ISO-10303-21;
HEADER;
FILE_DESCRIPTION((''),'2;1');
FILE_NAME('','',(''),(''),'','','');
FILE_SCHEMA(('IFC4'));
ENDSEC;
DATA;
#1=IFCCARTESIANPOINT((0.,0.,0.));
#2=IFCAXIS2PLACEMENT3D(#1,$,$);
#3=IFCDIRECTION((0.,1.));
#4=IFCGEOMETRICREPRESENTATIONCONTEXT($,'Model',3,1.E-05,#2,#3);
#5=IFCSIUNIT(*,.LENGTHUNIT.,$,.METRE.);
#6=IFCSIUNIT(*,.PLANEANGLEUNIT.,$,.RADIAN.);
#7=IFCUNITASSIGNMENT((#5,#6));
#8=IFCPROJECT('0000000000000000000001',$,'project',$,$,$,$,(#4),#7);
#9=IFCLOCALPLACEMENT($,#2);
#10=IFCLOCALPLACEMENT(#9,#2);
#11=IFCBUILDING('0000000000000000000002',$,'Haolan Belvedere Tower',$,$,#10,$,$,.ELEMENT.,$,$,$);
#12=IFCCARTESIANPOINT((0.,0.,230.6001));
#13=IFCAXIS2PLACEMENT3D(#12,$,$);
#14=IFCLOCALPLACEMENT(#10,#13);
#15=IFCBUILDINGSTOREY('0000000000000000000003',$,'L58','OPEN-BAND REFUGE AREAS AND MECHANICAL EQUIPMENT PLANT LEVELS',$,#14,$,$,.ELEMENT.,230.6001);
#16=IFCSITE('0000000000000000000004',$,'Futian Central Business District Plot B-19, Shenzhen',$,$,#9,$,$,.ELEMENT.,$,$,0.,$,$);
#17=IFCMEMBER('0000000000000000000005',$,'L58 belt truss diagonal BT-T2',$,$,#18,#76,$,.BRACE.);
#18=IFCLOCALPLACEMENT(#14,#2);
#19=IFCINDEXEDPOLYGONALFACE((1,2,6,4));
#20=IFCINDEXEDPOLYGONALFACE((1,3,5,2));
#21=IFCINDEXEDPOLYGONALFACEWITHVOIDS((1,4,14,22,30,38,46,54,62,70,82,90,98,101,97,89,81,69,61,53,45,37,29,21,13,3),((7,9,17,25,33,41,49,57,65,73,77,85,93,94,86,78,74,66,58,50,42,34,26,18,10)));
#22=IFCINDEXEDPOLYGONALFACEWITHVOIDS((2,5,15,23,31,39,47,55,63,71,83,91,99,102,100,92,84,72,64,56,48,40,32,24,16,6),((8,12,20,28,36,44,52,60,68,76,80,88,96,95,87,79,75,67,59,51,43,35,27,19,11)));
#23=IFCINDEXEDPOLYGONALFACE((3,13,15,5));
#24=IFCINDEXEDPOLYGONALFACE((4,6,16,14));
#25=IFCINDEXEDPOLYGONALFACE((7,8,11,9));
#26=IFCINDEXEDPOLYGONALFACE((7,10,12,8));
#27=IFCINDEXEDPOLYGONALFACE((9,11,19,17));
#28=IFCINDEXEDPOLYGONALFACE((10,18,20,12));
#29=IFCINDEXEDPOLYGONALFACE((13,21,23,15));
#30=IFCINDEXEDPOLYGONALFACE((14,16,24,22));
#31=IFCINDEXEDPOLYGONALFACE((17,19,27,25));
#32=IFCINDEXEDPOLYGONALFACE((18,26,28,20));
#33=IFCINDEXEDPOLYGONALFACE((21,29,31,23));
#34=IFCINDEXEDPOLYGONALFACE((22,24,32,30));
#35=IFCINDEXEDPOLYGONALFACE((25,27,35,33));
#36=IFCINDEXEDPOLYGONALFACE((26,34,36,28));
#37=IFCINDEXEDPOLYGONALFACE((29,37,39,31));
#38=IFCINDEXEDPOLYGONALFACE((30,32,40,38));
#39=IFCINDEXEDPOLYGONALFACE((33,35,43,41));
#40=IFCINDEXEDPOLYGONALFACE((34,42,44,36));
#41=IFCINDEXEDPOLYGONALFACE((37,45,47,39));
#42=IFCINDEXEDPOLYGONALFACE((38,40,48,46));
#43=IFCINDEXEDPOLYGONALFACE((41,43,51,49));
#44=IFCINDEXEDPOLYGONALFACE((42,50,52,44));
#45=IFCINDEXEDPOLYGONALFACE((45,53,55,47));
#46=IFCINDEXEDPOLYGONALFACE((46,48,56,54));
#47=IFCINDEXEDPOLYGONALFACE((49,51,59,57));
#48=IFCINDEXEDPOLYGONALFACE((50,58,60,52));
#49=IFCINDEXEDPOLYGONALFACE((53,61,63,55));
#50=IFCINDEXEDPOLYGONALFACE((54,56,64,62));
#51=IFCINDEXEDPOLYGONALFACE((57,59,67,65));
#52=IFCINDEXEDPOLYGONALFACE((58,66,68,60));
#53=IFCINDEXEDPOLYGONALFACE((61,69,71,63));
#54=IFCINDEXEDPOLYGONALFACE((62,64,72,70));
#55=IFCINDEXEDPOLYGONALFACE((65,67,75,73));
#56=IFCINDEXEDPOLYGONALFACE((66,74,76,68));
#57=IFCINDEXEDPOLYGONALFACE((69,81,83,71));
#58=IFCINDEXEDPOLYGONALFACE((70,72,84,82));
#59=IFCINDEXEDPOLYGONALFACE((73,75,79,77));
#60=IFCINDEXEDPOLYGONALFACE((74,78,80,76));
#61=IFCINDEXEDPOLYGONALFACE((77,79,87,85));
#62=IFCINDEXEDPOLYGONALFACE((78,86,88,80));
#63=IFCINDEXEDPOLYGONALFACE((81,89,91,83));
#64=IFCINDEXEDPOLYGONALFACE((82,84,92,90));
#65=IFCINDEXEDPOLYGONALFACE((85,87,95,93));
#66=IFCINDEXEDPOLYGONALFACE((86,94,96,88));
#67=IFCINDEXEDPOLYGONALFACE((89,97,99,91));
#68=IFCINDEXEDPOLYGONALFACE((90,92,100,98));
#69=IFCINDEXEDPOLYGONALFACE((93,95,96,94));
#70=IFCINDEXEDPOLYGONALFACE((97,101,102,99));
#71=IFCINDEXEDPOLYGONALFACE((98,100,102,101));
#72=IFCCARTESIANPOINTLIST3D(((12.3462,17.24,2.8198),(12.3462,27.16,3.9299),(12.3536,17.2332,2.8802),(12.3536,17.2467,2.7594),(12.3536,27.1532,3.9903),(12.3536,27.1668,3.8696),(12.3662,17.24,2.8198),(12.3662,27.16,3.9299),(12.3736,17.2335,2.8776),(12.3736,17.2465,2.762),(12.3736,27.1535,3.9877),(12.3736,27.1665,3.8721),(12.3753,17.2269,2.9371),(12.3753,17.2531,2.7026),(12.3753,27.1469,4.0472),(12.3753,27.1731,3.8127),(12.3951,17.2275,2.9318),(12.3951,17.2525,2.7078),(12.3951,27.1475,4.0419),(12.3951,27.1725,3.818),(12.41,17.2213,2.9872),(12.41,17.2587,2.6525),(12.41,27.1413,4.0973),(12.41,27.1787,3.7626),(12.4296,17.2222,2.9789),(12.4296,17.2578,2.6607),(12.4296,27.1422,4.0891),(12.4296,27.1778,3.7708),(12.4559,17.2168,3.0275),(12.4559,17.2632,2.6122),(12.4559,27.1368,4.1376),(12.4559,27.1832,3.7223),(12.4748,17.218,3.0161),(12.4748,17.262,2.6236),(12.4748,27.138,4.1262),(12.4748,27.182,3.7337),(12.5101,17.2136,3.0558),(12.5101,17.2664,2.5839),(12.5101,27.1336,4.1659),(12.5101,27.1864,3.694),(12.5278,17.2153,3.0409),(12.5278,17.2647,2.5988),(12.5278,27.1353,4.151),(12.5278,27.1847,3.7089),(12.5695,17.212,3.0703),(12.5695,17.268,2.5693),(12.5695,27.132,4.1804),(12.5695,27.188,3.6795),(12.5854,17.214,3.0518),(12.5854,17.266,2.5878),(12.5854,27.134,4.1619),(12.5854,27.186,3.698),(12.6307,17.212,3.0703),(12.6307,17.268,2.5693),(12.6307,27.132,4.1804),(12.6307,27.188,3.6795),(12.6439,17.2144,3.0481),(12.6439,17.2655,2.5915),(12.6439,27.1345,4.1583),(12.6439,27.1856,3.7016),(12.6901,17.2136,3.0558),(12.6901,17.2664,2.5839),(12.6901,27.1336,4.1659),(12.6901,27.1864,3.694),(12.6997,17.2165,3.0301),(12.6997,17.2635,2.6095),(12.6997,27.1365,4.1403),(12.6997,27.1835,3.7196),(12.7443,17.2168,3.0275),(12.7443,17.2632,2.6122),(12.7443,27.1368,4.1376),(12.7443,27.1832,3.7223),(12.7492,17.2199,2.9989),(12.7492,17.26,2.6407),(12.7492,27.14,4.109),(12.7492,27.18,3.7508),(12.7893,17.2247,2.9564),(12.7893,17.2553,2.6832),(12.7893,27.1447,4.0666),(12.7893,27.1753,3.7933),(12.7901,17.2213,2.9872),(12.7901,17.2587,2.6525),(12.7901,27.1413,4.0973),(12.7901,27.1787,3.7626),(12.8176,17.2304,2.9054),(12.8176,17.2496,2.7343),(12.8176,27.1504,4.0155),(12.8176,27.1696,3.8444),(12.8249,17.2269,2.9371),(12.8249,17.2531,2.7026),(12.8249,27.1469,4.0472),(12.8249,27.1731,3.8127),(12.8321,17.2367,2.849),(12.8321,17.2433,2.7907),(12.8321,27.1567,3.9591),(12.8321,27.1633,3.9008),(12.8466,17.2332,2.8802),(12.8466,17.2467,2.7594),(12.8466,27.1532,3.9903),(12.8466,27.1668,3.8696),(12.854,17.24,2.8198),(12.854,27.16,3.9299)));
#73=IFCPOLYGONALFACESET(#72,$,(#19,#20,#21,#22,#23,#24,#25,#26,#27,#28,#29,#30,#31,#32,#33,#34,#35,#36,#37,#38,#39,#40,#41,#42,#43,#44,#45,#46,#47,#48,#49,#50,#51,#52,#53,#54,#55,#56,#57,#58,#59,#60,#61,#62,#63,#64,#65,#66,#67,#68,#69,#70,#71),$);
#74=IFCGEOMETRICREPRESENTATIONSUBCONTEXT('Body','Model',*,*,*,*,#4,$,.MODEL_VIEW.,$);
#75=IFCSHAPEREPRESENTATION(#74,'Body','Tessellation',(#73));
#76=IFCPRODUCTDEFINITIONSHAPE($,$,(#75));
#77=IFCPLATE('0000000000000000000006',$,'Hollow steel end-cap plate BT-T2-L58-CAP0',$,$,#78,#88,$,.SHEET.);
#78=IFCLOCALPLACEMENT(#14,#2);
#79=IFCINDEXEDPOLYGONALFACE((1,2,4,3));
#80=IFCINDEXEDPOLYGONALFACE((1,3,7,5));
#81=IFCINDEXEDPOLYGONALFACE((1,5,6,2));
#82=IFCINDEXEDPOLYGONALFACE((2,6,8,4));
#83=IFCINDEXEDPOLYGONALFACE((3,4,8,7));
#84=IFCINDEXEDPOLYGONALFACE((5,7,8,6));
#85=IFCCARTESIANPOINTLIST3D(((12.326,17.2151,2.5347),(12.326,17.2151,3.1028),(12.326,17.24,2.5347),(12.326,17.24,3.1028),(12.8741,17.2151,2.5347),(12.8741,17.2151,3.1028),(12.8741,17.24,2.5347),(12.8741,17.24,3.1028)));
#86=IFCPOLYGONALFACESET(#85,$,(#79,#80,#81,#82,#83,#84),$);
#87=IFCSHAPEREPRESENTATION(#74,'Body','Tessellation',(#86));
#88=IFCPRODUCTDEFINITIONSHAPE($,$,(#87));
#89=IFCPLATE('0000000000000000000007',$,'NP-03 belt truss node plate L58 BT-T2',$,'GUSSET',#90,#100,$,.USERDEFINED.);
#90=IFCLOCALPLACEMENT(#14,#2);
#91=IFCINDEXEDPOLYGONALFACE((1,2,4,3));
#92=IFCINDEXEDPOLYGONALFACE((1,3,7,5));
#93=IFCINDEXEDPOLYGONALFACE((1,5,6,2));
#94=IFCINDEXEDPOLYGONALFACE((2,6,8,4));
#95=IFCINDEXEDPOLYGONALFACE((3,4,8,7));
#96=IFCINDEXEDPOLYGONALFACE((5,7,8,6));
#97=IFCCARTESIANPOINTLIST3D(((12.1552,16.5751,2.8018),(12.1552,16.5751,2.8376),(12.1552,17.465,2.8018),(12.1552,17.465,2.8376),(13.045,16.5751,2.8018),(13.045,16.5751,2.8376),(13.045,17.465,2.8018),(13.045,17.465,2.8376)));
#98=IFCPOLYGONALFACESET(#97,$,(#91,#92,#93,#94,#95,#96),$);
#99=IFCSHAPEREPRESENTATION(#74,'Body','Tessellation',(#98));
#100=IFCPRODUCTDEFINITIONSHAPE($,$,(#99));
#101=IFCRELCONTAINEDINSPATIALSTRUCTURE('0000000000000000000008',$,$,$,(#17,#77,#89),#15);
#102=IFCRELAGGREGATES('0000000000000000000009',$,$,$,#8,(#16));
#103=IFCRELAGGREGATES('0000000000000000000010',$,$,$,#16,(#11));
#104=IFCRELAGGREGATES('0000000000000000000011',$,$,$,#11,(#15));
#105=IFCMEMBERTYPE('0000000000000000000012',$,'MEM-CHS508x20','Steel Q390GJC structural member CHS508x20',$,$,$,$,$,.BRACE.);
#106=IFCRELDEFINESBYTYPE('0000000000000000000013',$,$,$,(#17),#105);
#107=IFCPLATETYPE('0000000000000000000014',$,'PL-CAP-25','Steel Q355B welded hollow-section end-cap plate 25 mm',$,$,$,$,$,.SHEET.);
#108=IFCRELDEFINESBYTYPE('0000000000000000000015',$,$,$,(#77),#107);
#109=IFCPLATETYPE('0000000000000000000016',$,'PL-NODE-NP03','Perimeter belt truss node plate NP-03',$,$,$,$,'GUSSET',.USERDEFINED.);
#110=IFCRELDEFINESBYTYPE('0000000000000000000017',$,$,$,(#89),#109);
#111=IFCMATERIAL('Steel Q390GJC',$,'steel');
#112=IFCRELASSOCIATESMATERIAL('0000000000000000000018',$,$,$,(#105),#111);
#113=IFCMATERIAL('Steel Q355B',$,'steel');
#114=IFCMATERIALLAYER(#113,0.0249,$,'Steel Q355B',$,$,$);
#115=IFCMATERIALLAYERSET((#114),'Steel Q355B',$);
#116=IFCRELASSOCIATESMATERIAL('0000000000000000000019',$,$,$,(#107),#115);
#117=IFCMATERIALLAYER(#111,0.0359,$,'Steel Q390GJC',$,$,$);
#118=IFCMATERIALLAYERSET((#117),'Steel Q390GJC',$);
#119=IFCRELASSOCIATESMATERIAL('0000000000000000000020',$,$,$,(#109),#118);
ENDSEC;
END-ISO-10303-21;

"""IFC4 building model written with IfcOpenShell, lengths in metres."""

from ifc_helpers import new_model, si_unit, direction, frame, origin, origin_2d, place, context, subcontext, project, spatial, rectangle, hollow_circle, extrude, material, layer, layer_set, material_profile, profile_set, type_object, element, save


model = new_model("IFC4")

# Units and contexts
model_context = context("Model", 3, precision=1e-05, world=origin(), true_north=direction((0.0, 1.0)))
body_context = subcontext(model_context, "Body", "Model", "MODEL_VIEW")
ifc_project = project(units=[si_unit("LENGTHUNIT", "METRE"), si_unit("PLANEANGLEUNIT", "RADIAN")], contexts=[model_context])

# Site, building, storey
site_placement = place(None, origin())
site = spatial("IfcSite", under=ifc_project, at=site_placement, Name="Futian Central Business District Plot B-19, Shenzhen", CompositionType="ELEMENT", RefElevation=0.0)
building_placement = place(site_placement, origin())
building = spatial("IfcBuilding", under=site, at=building_placement, Name="Haolan Belvedere Tower", CompositionType="ELEMENT")
storey_placement = place(building_placement, frame((0.0, 0.0, 230.6001)))
storey = spatial("IfcBuildingStorey", under=building, at=storey_placement, Name="L58", Description="OPEN-BAND REFUGE AREAS AND MECHANICAL EQUIPMENT PLANT LEVELS", CompositionType="ELEMENT", Elevation=230.6001)

# Shared definitions
ifc_material_1 = material(Name="Steel Q390GJC", Category="steel")

# Shared definitions
ifc_material_2 = material(Name="Steel Q355B", Category="steel")

# Member
ifc_material_profile_1 = material_profile(ifc_material_1, hollow_circle(Radius=0.2539, WallThickness=0.02, at=origin_2d()), Name="Steel Q390GJC")
ifc_profile_set_1 = profile_set([ifc_material_profile_1], Name="Steel Q390GJC")
member_type = type_object("IfcMemberType", Name="MEM-CHS508x20", Description="Steel Q390GJC structural member CHS508x20", PredefinedType="BRACE", material=ifc_profile_set_1)
member_placement = place(storey_placement, frame((12.6001, 17.24, 2.8198), z_axis=(0.0, 0.993797, 0.111213), x_axis=(-1.0, 0.0, 0.0)))
element("IfcMember", 1, at=member_placement, inside=storey, type_object=member_type, Name="L58 belt truss diagonal BT-T2", PredefinedType="BRACE", context=body_context, shape_type="SweptSolid", body=[
    extrude(hollow_circle(Radius=0.2539, WallThickness=0.02, at=origin_2d()), origin(), (0.0, 0.0, 1.0), 9.9819),
])

# Plates
ifc_layer_1 = layer(ifc_material_2, 0.0249, Name="Steel Q355B")
ifc_layer_set_1 = layer_set([ifc_layer_1], Name="Steel Q355B")
plate_type_1 = type_object("IfcPlateType", Name="PL-CAP-25", Description="Steel Q355B welded hollow-section end-cap plate 25 mm", PredefinedType="SHEET", material=ifc_layer_set_1)
plate_1_placement = place(storey_placement, frame((12.6001, 17.2275, 2.5347), z_axis=(0.0, 0.0, 1.0), x_axis=(1.0, 0.0, 0.0)))
element("IfcPlate", 2, at=plate_1_placement, inside=storey, type_object=plate_type_1, Name="Hollow steel end-cap plate BT-T2-L58-CAP0", PredefinedType="SHEET", context=body_context, shape_type="SweptSolid", body=[
    extrude(rectangle(XDim=0.5481, YDim=0.0249, at=origin_2d()), origin(), (0.0, 0.0, 1.0), 0.5681),
])
ifc_layer_2 = layer(ifc_material_1, 0.0359, Name="Steel Q390GJC")
ifc_layer_set_2 = layer_set([ifc_layer_2], Name="Steel Q390GJC")
plate_type_2 = type_object("IfcPlateType", Name="PL-NODE-NP03", Description="Perimeter belt truss node plate NP-03", ElementType="GUSSET", PredefinedType="USERDEFINED", material=ifc_layer_set_2)
plate_2_placement = place(storey_placement, frame((12.6001, 17.02, 2.8018), z_axis=(0.0, 0.0, 1.0), x_axis=(1.0, 0.0, 0.0)))
element("IfcPlate", 3, at=plate_2_placement, inside=storey, type_object=plate_type_2, Name="NP-03 belt truss node plate L58 BT-T2", ObjectType="GUSSET", PredefinedType="USERDEFINED", context=body_context, shape_type="SweptSolid", body=[
    extrude(rectangle(XDim=0.8899, YDim=0.8899, at=origin_2d()), origin(), (0.0, 0.0, 1.0), 0.0359),
])

save(model, "model.ifc")
